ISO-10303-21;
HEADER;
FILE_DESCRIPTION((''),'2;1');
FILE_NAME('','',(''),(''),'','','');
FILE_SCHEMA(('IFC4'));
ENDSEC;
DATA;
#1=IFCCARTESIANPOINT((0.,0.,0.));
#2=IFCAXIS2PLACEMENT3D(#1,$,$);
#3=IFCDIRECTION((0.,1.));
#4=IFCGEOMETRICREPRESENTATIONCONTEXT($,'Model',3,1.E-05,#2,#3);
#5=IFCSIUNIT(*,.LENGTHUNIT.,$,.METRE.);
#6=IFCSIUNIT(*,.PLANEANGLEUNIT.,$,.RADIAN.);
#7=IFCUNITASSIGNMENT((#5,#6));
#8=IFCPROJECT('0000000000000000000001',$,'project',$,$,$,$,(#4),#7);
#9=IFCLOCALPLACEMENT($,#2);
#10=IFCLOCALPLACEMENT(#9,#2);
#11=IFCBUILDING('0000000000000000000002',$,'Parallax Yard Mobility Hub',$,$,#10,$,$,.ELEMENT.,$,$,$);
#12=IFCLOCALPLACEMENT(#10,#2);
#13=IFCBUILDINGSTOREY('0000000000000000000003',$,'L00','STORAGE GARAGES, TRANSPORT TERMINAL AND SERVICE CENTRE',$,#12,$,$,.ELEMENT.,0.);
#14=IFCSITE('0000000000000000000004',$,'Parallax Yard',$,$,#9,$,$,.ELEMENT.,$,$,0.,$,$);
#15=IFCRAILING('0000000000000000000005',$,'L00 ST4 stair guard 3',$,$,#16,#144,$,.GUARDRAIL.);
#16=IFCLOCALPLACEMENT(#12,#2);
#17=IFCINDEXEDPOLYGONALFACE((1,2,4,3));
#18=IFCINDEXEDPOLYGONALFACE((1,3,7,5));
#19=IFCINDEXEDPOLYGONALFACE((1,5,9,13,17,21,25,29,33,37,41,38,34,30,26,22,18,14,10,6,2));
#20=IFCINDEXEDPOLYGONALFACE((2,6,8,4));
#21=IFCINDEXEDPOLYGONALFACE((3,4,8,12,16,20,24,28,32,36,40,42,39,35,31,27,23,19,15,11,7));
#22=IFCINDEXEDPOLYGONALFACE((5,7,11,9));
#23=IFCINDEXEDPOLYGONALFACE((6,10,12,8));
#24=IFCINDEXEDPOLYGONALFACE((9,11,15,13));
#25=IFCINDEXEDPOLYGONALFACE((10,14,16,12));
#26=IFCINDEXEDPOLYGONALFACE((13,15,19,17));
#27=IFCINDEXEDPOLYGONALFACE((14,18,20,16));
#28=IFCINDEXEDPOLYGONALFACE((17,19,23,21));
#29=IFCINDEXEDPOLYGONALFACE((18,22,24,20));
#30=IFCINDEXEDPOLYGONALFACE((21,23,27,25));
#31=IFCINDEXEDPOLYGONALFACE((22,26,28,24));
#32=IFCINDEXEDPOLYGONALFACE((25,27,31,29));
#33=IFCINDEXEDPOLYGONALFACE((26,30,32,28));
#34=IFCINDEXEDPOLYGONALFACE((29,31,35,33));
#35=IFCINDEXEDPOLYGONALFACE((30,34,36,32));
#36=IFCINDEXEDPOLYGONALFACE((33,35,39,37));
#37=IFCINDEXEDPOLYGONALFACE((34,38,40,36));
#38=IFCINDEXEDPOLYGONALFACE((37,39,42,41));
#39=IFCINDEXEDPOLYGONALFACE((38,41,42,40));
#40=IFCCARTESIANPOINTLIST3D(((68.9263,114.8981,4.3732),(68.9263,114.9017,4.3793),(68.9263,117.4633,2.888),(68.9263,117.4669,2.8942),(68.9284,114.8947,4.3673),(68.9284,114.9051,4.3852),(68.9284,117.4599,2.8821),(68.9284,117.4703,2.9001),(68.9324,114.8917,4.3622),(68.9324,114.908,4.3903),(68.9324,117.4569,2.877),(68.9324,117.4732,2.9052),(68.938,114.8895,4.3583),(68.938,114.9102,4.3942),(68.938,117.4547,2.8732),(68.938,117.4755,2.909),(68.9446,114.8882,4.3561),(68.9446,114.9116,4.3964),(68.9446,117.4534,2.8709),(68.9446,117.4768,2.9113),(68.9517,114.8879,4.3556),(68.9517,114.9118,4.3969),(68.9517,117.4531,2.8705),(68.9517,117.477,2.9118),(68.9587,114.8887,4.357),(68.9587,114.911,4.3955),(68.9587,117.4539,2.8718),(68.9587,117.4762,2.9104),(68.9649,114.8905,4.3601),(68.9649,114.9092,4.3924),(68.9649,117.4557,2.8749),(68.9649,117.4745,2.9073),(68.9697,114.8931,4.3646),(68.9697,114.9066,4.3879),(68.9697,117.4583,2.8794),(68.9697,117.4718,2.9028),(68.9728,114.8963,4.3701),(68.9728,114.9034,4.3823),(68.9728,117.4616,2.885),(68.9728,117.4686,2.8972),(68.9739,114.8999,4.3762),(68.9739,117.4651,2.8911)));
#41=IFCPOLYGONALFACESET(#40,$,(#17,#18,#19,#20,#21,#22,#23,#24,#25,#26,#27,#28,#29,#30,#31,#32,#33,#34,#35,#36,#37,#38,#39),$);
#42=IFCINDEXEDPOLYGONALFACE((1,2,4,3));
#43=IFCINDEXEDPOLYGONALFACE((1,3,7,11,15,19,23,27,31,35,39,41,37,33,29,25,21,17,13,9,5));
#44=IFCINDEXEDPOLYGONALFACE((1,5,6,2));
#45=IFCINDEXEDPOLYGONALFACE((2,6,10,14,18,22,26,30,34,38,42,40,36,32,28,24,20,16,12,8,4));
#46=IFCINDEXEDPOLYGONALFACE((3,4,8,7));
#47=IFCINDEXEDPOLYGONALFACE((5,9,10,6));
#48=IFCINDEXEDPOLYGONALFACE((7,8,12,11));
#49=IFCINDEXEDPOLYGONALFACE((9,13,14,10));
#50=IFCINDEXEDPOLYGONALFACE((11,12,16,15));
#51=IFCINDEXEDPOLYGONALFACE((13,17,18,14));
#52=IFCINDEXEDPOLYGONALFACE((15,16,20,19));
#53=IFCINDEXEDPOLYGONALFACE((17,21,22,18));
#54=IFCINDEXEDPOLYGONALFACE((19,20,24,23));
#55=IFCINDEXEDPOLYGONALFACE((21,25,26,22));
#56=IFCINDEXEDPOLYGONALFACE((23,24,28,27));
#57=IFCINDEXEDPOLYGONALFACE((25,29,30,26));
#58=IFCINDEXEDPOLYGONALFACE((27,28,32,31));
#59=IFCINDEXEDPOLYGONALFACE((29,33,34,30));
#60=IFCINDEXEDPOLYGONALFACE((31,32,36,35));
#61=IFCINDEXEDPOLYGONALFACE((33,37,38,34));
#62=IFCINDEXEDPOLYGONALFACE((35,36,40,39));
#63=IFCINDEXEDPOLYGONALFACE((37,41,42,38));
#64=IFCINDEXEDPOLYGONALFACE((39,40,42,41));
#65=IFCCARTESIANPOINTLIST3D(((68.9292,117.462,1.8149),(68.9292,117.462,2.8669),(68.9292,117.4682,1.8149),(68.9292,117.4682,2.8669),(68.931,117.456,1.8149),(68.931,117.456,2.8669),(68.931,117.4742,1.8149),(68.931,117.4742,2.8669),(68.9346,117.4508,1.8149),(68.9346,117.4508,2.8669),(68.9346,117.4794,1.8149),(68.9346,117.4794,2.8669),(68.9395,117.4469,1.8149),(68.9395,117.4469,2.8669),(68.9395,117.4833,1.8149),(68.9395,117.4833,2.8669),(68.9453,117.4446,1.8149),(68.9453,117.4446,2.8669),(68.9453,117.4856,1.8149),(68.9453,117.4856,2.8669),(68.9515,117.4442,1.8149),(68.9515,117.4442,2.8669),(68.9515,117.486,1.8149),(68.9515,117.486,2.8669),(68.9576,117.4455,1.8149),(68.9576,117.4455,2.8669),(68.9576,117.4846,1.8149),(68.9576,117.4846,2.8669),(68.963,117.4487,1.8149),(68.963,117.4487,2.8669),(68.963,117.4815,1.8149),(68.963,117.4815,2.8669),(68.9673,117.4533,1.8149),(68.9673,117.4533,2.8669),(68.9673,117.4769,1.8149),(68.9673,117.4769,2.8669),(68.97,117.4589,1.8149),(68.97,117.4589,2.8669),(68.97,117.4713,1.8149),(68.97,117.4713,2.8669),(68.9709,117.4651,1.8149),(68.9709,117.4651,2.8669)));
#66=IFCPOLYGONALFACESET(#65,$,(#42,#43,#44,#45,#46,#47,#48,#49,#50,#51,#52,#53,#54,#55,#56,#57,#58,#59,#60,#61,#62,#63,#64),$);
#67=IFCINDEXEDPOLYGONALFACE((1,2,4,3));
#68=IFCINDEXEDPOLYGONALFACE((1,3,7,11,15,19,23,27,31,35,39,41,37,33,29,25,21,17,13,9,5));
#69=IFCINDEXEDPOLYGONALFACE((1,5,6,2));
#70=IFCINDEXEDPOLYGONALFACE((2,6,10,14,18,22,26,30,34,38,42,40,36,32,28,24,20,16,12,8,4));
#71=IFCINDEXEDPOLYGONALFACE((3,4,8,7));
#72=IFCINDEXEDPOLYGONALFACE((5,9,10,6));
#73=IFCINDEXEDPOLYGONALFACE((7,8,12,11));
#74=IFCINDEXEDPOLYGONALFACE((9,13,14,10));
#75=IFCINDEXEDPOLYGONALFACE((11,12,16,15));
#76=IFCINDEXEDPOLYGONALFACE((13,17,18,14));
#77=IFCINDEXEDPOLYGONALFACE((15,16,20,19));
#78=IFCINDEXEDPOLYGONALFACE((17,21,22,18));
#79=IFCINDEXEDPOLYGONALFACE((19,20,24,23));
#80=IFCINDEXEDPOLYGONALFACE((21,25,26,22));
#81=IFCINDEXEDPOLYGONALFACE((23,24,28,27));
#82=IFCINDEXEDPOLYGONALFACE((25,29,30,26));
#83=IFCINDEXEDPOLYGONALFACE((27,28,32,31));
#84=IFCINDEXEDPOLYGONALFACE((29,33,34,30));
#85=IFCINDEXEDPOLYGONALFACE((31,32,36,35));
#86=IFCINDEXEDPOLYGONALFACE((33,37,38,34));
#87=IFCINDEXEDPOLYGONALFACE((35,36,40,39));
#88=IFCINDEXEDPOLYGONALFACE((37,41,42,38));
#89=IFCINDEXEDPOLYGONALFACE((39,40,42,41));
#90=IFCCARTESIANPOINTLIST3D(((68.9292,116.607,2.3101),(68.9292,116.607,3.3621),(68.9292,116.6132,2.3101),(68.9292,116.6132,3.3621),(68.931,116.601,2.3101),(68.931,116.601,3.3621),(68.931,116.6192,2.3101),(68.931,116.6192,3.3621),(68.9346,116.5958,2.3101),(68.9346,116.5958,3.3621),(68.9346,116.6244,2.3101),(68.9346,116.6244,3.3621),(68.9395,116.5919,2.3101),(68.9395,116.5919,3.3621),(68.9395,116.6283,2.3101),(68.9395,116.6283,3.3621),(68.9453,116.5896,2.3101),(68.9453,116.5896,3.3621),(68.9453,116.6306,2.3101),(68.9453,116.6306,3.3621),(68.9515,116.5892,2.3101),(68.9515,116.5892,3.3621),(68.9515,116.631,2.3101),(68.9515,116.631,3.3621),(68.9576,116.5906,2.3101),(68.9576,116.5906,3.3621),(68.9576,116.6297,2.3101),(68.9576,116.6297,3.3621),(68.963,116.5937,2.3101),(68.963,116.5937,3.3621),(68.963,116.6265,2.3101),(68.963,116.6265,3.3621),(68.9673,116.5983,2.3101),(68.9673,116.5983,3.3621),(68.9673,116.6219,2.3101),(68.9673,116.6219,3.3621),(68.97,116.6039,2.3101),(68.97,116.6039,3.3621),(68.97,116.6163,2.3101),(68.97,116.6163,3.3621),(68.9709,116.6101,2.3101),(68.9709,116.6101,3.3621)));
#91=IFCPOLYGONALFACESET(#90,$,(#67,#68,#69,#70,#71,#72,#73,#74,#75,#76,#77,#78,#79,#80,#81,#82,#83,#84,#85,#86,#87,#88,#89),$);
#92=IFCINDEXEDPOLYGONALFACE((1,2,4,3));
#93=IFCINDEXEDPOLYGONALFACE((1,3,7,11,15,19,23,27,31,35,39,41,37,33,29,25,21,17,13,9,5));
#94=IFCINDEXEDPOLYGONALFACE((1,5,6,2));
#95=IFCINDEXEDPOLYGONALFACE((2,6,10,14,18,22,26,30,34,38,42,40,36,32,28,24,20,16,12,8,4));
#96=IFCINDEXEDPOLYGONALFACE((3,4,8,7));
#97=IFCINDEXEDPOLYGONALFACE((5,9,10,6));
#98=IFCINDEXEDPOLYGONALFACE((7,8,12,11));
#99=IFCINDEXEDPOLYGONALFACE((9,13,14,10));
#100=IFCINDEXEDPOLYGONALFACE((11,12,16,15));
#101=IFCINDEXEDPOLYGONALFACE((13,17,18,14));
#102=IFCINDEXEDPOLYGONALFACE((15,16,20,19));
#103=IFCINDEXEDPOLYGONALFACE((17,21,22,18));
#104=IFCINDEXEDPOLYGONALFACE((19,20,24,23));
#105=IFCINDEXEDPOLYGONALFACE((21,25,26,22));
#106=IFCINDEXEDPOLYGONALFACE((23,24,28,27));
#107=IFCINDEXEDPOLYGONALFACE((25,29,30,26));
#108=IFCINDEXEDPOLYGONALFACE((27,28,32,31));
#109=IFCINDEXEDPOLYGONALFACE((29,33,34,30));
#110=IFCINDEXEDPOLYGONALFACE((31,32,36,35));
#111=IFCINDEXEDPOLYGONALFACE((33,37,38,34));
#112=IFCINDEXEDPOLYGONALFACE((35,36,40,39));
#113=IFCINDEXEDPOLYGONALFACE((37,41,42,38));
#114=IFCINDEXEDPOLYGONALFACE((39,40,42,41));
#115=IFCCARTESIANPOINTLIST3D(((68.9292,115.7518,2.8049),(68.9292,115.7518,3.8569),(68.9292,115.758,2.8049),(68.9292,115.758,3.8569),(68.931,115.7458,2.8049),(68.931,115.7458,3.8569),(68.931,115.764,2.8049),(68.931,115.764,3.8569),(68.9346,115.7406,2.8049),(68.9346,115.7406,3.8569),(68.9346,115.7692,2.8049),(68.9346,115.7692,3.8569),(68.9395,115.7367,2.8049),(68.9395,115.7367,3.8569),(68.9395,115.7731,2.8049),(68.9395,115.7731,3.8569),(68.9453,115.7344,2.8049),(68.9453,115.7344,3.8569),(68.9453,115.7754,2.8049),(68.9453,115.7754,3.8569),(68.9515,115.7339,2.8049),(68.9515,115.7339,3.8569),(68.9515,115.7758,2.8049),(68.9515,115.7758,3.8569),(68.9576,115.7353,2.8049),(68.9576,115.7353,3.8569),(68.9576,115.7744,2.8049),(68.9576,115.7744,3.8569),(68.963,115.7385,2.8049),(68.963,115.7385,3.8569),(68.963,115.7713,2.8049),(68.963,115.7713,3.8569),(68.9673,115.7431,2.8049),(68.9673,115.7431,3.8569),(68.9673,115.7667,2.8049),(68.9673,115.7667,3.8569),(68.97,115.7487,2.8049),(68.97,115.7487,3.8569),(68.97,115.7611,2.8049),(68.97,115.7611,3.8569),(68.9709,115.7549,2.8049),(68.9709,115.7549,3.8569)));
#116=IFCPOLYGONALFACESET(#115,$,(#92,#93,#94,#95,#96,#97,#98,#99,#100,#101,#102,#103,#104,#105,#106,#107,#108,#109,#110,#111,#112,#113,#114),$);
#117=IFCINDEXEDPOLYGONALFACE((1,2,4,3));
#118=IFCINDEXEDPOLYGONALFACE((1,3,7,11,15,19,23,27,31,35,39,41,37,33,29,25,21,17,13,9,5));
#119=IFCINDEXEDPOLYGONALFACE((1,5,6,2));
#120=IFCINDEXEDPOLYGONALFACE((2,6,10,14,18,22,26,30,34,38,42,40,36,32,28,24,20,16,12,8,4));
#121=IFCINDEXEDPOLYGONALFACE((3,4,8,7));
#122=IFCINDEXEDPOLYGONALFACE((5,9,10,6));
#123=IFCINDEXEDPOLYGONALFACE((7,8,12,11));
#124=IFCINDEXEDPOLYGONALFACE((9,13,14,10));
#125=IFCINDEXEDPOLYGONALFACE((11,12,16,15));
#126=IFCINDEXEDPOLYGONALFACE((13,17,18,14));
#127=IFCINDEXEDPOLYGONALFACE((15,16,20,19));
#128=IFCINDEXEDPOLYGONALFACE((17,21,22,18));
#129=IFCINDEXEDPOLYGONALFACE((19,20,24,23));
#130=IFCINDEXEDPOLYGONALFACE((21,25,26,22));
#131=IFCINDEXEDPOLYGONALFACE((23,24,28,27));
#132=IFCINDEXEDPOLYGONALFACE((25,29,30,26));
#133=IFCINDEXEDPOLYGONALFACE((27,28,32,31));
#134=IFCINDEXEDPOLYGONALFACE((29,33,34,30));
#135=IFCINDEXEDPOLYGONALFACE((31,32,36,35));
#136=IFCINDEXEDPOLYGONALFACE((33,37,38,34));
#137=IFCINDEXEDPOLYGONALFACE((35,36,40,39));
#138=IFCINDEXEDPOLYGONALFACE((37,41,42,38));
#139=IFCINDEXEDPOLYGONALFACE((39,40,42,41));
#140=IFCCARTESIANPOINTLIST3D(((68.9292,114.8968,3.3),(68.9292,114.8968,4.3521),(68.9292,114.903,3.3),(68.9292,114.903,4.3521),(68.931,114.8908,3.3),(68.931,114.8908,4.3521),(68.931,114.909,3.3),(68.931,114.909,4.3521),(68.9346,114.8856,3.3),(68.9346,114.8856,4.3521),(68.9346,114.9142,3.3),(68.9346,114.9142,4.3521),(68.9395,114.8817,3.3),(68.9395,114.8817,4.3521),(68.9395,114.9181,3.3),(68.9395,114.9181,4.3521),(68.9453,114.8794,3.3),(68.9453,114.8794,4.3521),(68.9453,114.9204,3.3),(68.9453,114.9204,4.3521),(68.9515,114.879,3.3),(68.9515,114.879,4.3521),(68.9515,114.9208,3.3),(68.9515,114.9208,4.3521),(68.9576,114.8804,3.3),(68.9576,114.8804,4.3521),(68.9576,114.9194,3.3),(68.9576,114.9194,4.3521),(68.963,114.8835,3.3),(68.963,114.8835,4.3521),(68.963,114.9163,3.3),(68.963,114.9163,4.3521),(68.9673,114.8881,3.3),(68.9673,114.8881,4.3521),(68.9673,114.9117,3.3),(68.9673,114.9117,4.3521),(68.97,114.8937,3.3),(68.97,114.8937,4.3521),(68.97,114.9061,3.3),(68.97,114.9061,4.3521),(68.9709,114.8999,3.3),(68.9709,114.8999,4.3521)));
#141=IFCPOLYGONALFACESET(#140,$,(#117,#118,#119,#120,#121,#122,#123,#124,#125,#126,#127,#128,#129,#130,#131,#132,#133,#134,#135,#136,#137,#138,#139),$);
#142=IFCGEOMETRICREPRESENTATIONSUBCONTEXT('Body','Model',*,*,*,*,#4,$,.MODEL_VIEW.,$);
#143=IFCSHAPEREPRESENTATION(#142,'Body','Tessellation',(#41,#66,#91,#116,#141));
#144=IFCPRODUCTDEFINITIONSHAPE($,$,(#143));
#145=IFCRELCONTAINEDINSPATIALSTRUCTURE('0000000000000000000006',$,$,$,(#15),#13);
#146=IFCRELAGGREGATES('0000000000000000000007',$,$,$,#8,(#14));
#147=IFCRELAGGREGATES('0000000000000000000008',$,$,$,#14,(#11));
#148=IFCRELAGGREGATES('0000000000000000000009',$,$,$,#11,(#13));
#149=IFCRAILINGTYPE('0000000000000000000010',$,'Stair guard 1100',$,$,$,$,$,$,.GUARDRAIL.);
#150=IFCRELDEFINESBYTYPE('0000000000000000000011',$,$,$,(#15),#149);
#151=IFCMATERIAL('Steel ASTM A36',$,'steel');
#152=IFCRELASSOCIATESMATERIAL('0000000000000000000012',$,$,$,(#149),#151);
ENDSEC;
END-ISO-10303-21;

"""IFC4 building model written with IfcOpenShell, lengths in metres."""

from ifc_helpers import new_model, si_unit, direction, frame, origin, origin_2d, place, context, subcontext, project, spatial, circle, extrude, material, type_object, element, save


model = new_model("IFC4")

# Units and contexts
model_context = context("Model", 3, precision=1e-05, world=origin(), true_north=direction((0.0, 1.0)))
body_context = subcontext(model_context, "Body", "Model", "MODEL_VIEW")
ifc_project = project(units=[si_unit("LENGTHUNIT", "METRE"), si_unit("PLANEANGLEUNIT", "RADIAN")], contexts=[model_context])

# Site, building, storey
site_placement = place(None, origin())
site = spatial("IfcSite", under=ifc_project, at=site_placement, Name="Parallax Yard", CompositionType="ELEMENT", RefElevation=0.0)
building_placement = place(site_placement, origin())
building = spatial("IfcBuilding", under=site, at=building_placement, Name="Parallax Yard Mobility Hub", CompositionType="ELEMENT")
storey_placement = place(building_placement, origin())
storey = spatial("IfcBuildingStorey", under=building, at=storey_placement, Name="L00", Description="STORAGE GARAGES, TRANSPORT TERMINAL AND SERVICE CENTRE", CompositionType="ELEMENT", Elevation=0.0)

# Railing
ifc_material_1 = material(Name="Steel ASTM A36", Category="steel")
railing_type_1 = type_object("IfcRailingType", Name="Stair guard 1100", PredefinedType="GUARDRAIL", material=ifc_material_1)
railing_1_placement = place(storey_placement, frame((68.95, 117.4651, 1.8149)))
element("IfcRailing", 1, at=railing_1_placement, inside=storey, type_object=railing_type_1, Name="L00 ST4 stair guard 3", PredefinedType="GUARDRAIL", context=body_context, shape_type="SweptSolid", body=[
    extrude(circle(Radius=0.0239, at=origin_2d()), frame((0.0, 0.0, 1.0762), z_axis=(0.0, -0.865426, 0.501036), x_axis=(1.0, 0.0, 0.0)), (0.0, 0.0, 1.0), 2.9641),
    extrude(circle(Radius=0.021, at=origin_2d()), origin(), (0.0, 0.0, 1.0), 1.052),
    extrude(circle(Radius=0.021, at=origin_2d()), frame((0.0, -0.855, 0.4951)), (0.0, 0.0, 1.0), 1.052),
    extrude(circle(Radius=0.021, at=origin_2d()), frame((0.0, -1.7102, 0.99)), (0.0, 0.0, 1.0), 1.052),
    extrude(circle(Radius=0.021, at=origin_2d()), frame((0.0, -2.5652, 1.4851)), (0.0, 0.0, 1.0), 1.052),
])

save(model, "model.ifc")
